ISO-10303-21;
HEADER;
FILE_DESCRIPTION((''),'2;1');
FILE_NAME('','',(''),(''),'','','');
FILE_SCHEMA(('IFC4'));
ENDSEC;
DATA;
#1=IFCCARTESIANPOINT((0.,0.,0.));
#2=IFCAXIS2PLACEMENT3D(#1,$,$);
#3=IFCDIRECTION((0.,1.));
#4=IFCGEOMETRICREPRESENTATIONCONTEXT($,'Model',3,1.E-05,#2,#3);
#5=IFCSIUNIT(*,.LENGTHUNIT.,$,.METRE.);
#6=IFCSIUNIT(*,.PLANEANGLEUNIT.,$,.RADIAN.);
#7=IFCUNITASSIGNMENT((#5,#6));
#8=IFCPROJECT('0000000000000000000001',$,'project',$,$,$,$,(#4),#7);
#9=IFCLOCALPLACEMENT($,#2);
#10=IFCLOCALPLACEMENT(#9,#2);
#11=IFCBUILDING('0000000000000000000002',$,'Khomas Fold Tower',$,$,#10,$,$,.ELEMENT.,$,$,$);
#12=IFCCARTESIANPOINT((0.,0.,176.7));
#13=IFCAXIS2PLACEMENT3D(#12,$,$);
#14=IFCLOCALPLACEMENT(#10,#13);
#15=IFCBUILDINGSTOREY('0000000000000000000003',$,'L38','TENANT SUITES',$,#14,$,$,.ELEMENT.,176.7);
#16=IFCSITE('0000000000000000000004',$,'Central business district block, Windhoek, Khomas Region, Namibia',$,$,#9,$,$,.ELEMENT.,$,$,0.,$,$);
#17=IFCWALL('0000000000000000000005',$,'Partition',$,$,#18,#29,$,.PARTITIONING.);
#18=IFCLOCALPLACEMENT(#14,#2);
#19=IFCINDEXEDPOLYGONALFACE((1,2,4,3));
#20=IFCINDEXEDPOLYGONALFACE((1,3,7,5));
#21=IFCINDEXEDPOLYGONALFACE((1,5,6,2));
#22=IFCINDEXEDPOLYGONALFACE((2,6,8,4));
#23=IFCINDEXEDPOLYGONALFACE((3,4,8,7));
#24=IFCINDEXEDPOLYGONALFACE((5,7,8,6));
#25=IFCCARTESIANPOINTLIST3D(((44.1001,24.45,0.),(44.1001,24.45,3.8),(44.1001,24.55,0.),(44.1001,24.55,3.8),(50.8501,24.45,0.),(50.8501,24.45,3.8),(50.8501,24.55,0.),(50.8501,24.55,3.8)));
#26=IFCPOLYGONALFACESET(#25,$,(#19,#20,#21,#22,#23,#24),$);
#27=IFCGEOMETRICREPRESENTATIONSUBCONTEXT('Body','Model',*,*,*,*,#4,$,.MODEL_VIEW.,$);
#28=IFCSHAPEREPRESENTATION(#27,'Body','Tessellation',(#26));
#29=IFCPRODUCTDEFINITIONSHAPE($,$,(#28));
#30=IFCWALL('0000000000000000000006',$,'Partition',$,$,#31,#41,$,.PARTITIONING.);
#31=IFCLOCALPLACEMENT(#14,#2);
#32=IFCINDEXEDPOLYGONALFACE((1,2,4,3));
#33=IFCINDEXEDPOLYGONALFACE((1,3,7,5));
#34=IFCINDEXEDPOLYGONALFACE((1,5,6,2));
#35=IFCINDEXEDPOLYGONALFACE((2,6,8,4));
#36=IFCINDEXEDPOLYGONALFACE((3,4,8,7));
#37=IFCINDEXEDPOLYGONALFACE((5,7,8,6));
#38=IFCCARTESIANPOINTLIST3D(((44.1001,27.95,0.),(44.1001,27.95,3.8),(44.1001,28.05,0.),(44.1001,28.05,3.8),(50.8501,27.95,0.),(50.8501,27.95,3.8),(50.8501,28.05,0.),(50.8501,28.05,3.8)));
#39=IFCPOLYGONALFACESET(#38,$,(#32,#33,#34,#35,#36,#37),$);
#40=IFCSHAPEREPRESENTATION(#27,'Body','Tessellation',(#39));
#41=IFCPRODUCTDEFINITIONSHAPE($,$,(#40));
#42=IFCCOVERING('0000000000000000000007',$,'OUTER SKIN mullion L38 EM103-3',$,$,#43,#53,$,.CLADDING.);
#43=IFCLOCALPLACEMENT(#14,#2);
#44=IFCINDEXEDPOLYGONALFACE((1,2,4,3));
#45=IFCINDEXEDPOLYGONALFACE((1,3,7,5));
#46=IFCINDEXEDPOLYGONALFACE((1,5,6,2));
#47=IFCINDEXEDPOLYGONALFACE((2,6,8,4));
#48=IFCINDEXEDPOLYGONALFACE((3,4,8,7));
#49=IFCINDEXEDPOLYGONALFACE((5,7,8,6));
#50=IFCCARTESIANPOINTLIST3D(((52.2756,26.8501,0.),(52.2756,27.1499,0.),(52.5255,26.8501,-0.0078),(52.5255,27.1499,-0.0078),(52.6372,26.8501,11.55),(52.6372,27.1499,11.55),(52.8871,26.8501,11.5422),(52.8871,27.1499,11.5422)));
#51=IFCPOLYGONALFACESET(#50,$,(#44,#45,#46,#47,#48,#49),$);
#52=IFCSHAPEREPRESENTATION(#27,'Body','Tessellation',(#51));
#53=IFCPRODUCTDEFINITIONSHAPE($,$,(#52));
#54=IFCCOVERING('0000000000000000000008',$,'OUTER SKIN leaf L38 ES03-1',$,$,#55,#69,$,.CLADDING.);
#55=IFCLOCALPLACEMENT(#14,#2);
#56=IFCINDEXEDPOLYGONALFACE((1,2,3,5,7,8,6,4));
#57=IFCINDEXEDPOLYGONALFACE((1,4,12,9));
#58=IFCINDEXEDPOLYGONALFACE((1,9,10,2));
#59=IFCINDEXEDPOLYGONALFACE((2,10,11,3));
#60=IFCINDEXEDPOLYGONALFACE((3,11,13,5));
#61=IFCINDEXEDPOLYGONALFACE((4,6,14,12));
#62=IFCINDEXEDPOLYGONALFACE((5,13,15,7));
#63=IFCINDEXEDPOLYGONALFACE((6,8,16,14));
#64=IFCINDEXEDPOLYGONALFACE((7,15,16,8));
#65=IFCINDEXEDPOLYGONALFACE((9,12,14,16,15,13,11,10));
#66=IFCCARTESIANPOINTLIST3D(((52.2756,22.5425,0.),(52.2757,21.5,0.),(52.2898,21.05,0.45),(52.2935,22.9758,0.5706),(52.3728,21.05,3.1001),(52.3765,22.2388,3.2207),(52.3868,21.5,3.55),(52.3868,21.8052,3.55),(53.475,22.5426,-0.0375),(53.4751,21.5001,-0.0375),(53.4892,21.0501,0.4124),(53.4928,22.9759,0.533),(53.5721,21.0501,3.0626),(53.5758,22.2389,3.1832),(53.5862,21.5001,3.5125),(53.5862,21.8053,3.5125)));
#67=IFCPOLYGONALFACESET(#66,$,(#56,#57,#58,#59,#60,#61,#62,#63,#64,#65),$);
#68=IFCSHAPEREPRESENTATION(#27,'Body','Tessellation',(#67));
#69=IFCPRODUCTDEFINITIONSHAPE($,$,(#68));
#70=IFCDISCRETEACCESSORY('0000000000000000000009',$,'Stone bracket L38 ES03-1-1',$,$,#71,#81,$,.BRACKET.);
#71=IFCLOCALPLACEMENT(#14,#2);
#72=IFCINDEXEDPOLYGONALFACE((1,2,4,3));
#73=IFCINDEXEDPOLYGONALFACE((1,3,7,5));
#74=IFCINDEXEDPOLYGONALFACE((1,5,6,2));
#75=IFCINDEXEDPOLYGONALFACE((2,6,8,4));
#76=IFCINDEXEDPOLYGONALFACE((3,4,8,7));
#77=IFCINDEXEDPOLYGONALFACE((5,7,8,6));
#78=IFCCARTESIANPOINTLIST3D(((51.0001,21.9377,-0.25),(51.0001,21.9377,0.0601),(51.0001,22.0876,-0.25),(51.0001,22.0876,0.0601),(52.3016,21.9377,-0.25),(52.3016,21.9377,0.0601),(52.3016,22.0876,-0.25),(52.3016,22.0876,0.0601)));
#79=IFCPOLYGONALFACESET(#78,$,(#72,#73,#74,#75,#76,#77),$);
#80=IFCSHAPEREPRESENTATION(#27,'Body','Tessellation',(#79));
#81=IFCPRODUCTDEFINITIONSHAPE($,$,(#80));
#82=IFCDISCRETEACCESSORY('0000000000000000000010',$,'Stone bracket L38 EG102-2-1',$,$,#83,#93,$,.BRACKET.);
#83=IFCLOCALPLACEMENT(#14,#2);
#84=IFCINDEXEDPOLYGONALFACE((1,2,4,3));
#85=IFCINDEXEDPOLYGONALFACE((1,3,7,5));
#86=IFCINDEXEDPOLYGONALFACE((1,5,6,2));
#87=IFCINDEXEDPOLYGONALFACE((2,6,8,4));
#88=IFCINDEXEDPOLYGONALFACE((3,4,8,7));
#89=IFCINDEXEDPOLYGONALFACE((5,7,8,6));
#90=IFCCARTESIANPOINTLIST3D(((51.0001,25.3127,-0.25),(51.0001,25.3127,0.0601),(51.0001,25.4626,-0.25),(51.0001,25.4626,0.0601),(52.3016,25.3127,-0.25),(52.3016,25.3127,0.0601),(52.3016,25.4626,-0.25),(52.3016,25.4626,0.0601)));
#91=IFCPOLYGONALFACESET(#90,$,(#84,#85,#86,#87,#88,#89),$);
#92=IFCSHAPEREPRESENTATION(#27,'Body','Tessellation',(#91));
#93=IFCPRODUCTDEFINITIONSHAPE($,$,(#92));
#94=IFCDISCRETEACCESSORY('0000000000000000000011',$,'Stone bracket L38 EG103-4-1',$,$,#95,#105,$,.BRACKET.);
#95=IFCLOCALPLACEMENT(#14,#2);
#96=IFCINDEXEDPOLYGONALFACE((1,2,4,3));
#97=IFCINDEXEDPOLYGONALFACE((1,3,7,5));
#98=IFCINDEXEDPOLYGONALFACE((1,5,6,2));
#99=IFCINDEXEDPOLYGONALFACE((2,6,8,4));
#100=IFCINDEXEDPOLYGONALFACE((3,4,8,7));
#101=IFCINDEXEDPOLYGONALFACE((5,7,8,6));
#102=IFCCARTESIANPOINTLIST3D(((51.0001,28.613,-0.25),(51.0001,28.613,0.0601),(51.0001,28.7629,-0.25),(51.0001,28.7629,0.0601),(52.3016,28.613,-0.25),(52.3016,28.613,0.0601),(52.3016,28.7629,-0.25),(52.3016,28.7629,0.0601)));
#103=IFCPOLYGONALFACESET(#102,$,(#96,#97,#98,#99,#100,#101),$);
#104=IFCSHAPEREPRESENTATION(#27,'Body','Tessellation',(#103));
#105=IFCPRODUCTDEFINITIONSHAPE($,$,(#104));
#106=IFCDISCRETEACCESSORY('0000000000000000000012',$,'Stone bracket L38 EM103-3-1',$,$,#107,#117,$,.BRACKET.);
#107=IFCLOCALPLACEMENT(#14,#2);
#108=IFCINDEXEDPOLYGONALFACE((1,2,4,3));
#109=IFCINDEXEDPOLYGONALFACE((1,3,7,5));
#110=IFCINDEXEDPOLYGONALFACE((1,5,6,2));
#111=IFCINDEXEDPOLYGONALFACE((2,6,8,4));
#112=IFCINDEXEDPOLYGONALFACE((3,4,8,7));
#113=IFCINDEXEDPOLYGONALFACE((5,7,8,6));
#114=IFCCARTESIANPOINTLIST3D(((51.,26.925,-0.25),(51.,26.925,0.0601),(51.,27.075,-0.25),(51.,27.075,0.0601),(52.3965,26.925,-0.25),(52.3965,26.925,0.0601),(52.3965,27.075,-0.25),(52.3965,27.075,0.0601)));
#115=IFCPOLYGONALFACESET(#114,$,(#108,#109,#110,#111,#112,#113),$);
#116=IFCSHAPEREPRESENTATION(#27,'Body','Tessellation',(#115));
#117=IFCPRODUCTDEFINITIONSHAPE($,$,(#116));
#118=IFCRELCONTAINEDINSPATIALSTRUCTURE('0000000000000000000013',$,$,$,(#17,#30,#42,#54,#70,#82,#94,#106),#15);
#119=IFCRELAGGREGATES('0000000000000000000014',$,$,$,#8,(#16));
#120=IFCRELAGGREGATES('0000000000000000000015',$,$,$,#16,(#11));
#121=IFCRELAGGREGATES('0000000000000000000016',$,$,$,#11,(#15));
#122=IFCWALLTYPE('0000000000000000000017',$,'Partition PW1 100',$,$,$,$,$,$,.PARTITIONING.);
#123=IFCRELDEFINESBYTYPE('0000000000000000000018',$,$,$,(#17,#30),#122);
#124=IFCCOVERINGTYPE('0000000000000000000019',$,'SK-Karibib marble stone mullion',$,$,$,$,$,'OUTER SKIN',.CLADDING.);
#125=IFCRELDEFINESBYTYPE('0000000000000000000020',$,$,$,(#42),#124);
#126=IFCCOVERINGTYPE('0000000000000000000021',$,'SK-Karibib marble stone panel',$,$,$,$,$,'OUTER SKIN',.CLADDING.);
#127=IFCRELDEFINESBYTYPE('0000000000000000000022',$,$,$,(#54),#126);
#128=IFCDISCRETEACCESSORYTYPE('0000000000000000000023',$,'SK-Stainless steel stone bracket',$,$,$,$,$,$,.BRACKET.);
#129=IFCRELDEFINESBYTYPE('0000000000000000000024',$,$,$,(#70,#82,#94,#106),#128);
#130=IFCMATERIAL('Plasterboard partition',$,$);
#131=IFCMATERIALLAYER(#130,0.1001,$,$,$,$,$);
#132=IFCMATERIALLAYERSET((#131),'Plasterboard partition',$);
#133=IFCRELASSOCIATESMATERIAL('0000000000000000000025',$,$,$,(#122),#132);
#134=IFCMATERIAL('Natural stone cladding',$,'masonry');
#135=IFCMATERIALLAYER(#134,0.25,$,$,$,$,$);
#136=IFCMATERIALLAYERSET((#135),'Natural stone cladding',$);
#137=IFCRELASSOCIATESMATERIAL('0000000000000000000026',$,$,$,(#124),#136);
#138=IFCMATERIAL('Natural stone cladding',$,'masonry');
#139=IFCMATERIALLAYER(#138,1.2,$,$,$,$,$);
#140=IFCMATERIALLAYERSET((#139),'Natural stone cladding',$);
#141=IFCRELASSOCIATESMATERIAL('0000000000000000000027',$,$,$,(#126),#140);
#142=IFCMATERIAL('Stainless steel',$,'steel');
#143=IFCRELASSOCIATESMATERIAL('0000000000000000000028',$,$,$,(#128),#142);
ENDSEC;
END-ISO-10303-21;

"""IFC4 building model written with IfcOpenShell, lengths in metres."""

from ifc_helpers import new_model, si_unit, direction, frame, frame_2d, origin, origin_2d, place, context, subcontext, project, spatial, polyline, rectangle, outline, extrude, source, transform, mapped, material, layer, layer_set, type_object, element, save


model = new_model("IFC4")

# Units and contexts
model_context = context("Model", 3, precision=1e-05, world=origin(), true_north=direction((0.0, 1.0)))
body_context = subcontext(model_context, "Body", "Model", "MODEL_VIEW")
ifc_project = project(units=[si_unit("LENGTHUNIT", "METRE"), si_unit("PLANEANGLEUNIT", "RADIAN")], contexts=[model_context])

# Site, building, storey
site_placement = place(None, origin())
site = spatial("IfcSite", under=ifc_project, at=site_placement, Name="Central business district block, Windhoek, Khomas Region, Namibia", CompositionType="ELEMENT", RefElevation=0.0)
building_placement = place(site_placement, origin())
building = spatial("IfcBuilding", under=site, at=building_placement, Name="Khomas Fold Tower", CompositionType="ELEMENT")
storey_placement = place(building_placement, frame((0.0, 0.0, 176.7)))
storey = spatial("IfcBuildingStorey", under=building, at=storey_placement, Name="L38", Description="TENANT SUITES", CompositionType="ELEMENT", Elevation=176.7)

# Walls
ifc_material_1 = material(Name="Plasterboard partition")
ifc_layer_1 = layer(ifc_material_1, 0.1001)
ifc_layer_set_1 = layer_set([ifc_layer_1], Name="Plasterboard partition")
wall_type = type_object("IfcWallType", Name="Partition PW1 100", PredefinedType="PARTITIONING", material=ifc_layer_set_1)
shared_shape_1 = source(origin(), body_context, "Body", "SweptSolid", [
    extrude(rectangle(XDim=6.75, YDim=0.1001, at=frame_2d((3.375, 0.0))), origin(), (0.0, 0.0, 1.0), 3.8),
])
for number, where, z_axis, x_axis, name in (
    (1, (44.1001, 24.5, 0.0), (0.0, 0.0, 1.0), (1.0, 0.0, 0.0), "Partition"),
    (2, (44.1001, 28.0, 0.0), (0.0, 0.0, 1.0), (1.0, 0.0, 0.0), "Partition"),
):
    element("IfcWall", number, at=place(storey_placement, frame(where, z_axis=z_axis, x_axis=x_axis)), inside=storey, type_object=wall_type, Name=name, PredefinedType="PARTITIONING", context=body_context, shape_type="MappedRepresentation", body=[
        mapped(shared_shape_1, transform((0.0, 0.0, 0.0))),
    ])

# Coverings
ifc_material_2 = material(Name="Natural stone cladding", Category="masonry")
ifc_layer_2 = layer(ifc_material_2, 0.25)
ifc_layer_set_2 = layer_set([ifc_layer_2], Name="Natural stone cladding")
covering_type_1 = type_object("IfcCoveringType", Name="SK-Karibib marble stone mullion", ElementType="OUTER SKIN", PredefinedType="CLADDING", material=ifc_layer_set_2)
covering_1_placement = place(storey_placement, frame((52.2756, 26.8501, 0.0), z_axis=(-0.99951, 0.0, 0.031289), x_axis=(0.031289, 0.0, 0.99951)))
element("IfcCovering", 3, at=covering_1_placement, inside=storey, type_object=covering_type_1, Name="OUTER SKIN mullion L38 EM103-3", PredefinedType="CLADDING", context=body_context, shape_type="SweptSolid", body=[
    extrude(outline(polyline([(0.0, 0.0), (11.5557, 0.0), (11.5557, 0.2998), (0.0, 0.2998), (0.0, 0.0)])), origin(), (0.0, 0.0, -1.0), 0.25),
])
ifc_material_3 = material(Name="Natural stone cladding", Category="masonry")
ifc_layer_3 = layer(ifc_material_3, 1.2)
ifc_layer_set_3 = layer_set([ifc_layer_3], Name="Natural stone cladding")
covering_type_2 = type_object("IfcCoveringType", Name="SK-Karibib marble stone panel", ElementType="OUTER SKIN", PredefinedType="CLADDING", material=ifc_layer_set_3)
covering_2_placement = place(storey_placement, frame((52.3765, 22.2388, 3.2207), z_axis=(-0.999511, -0.000067, 0.031284), x_axis=(-0.030159, 0.267829, -0.962994)))
element("IfcCovering", 4, at=covering_2_placement, inside=storey, type_object=covering_type_2, Name="OUTER SKIN leaf L38 ES03-1", PredefinedType="CLADDING", context=body_context, shape_type="SweptSolid", body=[
    extrude(outline(polyline([(0.0, 0.0), (2.752, 0.0), (3.1859, 0.5704), (2.9067, 1.5748), (2.3525, 1.8877), (-0.2021, 1.1776), (-0.5153, 0.6235), (-0.4336, 0.3295), (0.0, 0.0)])), origin(), (0.0, 0.0, -1.0), 1.2),
])

# Discrete accessories
ifc_material_4 = material(Name="Stainless steel", Category="steel")
discrete_accessory_type = type_object("IfcDiscreteAccessoryType", Name="SK-Stainless steel stone bracket", PredefinedType="BRACKET", material=ifc_material_4)
shared_shape_2 = source(origin(), body_context, "Body", "SweptSolid", [
    extrude(rectangle(XDim=1.3015, YDim=0.1499, at=origin_2d()), origin(), (0.0, 0.0, 1.0), 0.3101),
])
for number, where, z_axis, x_axis, name in (
    (5, (51.6509, 22.0127, -0.25), (0.0, 0.0, 1.0), (1.0, 0.0, 0.0), "Stone bracket L38 ES03-1-1"),
    (6, (51.6509, 25.3877, -0.25), (0.0, 0.0, 1.0), (1.0, 0.0, 0.0), "Stone bracket L38 EG102-2-1"),
    (7, (51.6509, 28.688, -0.25), (0.0, 0.0, 1.0), (1.0, 0.0, 0.0), "Stone bracket L38 EG103-4-1"),
):
    element("IfcDiscreteAccessory", number, at=place(storey_placement, frame(where, z_axis=z_axis, x_axis=x_axis)), inside=storey, type_object=discrete_accessory_type, Name=name, PredefinedType="BRACKET", context=body_context, shape_type="MappedRepresentation", body=[
        mapped(shared_shape_2, transform((0.0, 0.0, 0.0))),
    ])
shared_shape_3 = source(origin(), body_context, "Body", "SweptSolid", [
    extrude(rectangle(XDim=1.3965, YDim=0.1499, at=origin_2d()), origin(), (0.0, 0.0, 1.0), 0.3101),
])
discrete_accessory_placement = place(storey_placement, frame((51.6982, 27.0, -0.25), z_axis=(0.0, 0.0, 1.0), x_axis=(1.0, 0.0, 0.0)))
element("IfcDiscreteAccessory", 8, at=discrete_accessory_placement, inside=storey, type_object=discrete_accessory_type, Name="Stone bracket L38 EM103-3-1", PredefinedType="BRACKET", context=body_context, shape_type="MappedRepresentation", body=[
    mapped(shared_shape_3, transform((0.0, 0.0, 0.0))),
])

save(model, "model.ifc")
